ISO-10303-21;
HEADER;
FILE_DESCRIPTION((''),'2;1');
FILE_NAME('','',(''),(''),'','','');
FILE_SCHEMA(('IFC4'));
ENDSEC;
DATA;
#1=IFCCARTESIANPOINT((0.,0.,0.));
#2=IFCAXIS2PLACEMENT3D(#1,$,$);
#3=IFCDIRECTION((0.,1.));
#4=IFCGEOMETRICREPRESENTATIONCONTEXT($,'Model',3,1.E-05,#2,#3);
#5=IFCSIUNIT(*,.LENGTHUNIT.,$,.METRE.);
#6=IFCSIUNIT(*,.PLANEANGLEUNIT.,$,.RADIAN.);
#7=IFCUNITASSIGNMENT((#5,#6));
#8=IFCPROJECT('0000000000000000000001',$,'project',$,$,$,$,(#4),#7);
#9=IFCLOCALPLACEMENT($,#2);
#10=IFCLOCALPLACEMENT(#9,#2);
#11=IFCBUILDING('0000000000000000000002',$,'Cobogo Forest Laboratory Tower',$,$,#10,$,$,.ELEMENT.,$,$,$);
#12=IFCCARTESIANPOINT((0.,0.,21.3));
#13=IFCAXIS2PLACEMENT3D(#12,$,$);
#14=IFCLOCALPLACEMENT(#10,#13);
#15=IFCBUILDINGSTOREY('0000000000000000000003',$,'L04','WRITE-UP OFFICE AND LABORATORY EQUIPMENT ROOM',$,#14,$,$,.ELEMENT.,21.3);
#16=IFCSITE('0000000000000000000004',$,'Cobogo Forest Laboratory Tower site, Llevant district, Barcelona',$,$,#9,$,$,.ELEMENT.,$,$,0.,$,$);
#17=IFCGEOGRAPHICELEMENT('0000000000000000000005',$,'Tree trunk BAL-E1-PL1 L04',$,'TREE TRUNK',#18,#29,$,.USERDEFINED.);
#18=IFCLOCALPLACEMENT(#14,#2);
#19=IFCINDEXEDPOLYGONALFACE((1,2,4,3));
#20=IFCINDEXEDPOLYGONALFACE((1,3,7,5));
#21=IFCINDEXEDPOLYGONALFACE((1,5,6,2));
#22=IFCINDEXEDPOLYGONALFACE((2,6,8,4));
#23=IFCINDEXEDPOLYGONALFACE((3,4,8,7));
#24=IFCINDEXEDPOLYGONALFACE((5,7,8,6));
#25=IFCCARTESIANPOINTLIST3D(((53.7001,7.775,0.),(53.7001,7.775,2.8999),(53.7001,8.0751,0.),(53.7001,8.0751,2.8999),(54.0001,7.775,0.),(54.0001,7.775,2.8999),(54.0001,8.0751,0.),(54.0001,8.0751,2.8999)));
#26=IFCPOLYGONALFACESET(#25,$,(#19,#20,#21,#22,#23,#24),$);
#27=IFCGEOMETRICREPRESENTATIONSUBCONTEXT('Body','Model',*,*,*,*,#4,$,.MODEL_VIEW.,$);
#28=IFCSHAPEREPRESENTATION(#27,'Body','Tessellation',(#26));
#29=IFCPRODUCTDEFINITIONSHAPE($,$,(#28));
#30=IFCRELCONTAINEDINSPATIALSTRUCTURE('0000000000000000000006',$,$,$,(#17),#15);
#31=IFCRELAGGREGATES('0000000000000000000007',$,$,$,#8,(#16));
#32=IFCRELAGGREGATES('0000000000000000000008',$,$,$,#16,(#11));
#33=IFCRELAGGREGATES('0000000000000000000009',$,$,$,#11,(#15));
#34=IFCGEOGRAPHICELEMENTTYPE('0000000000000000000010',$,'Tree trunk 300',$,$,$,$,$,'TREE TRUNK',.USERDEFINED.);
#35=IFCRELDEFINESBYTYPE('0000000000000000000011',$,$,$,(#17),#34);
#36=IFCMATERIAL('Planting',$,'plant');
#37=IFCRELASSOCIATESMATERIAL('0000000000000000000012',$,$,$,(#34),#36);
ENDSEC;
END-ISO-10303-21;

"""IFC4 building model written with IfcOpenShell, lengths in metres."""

from ifc_helpers import new_model, si_unit, direction, frame, origin, origin_2d, place, context, subcontext, project, spatial, rectangle, extrude, material, type_object, element, save


model = new_model("IFC4")

# Units and contexts
model_context = context("Model", 3, precision=1e-05, world=origin(), true_north=direction((0.0, 1.0)))
body_context = subcontext(model_context, "Body", "Model", "MODEL_VIEW")
ifc_project = project(units=[si_unit("LENGTHUNIT", "METRE"), si_unit("PLANEANGLEUNIT", "RADIAN")], contexts=[model_context])

# Site, building, storey
site_placement = place(None, origin())
site = spatial("IfcSite", under=ifc_project, at=site_placement, Name="Cobogo Forest Laboratory Tower site, Llevant district, Barcelona", CompositionType="ELEMENT", RefElevation=0.0)
building_placement = place(site_placement, origin())
building = spatial("IfcBuilding", under=site, at=building_placement, Name="Cobogo Forest Laboratory Tower", CompositionType="ELEMENT")
storey_placement = place(building_placement, frame((0.0, 0.0, 21.3)))
storey = spatial("IfcBuildingStorey", under=building, at=storey_placement, Name="L04", Description="WRITE-UP OFFICE AND LABORATORY EQUIPMENT ROOM", CompositionType="ELEMENT", Elevation=21.3)

# Geographic element
ifc_material_1 = material(Name="Planting", Category="plant")
geographic_element_type = type_object("IfcGeographicElementType", Name="Tree trunk 300", ElementType="TREE TRUNK", PredefinedType="USERDEFINED", material=ifc_material_1)
geographic_element_placement = place(storey_placement, frame((53.8501, 7.925, 0.0), z_axis=(0.0, 0.0, 1.0), x_axis=(1.0, 0.0, 0.0)))
element("IfcGeographicElement", 1, at=geographic_element_placement, inside=storey, type_object=geographic_element_type, Name="Tree trunk BAL-E1-PL1 L04", ObjectType="TREE TRUNK", PredefinedType="USERDEFINED", context=body_context, shape_type="SweptSolid", body=[
    extrude(rectangle(XDim=0.3, YDim=0.3, at=origin_2d()), origin(), (0.0, 0.0, 1.0), 2.8999),
])

save(model, "model.ifc")
